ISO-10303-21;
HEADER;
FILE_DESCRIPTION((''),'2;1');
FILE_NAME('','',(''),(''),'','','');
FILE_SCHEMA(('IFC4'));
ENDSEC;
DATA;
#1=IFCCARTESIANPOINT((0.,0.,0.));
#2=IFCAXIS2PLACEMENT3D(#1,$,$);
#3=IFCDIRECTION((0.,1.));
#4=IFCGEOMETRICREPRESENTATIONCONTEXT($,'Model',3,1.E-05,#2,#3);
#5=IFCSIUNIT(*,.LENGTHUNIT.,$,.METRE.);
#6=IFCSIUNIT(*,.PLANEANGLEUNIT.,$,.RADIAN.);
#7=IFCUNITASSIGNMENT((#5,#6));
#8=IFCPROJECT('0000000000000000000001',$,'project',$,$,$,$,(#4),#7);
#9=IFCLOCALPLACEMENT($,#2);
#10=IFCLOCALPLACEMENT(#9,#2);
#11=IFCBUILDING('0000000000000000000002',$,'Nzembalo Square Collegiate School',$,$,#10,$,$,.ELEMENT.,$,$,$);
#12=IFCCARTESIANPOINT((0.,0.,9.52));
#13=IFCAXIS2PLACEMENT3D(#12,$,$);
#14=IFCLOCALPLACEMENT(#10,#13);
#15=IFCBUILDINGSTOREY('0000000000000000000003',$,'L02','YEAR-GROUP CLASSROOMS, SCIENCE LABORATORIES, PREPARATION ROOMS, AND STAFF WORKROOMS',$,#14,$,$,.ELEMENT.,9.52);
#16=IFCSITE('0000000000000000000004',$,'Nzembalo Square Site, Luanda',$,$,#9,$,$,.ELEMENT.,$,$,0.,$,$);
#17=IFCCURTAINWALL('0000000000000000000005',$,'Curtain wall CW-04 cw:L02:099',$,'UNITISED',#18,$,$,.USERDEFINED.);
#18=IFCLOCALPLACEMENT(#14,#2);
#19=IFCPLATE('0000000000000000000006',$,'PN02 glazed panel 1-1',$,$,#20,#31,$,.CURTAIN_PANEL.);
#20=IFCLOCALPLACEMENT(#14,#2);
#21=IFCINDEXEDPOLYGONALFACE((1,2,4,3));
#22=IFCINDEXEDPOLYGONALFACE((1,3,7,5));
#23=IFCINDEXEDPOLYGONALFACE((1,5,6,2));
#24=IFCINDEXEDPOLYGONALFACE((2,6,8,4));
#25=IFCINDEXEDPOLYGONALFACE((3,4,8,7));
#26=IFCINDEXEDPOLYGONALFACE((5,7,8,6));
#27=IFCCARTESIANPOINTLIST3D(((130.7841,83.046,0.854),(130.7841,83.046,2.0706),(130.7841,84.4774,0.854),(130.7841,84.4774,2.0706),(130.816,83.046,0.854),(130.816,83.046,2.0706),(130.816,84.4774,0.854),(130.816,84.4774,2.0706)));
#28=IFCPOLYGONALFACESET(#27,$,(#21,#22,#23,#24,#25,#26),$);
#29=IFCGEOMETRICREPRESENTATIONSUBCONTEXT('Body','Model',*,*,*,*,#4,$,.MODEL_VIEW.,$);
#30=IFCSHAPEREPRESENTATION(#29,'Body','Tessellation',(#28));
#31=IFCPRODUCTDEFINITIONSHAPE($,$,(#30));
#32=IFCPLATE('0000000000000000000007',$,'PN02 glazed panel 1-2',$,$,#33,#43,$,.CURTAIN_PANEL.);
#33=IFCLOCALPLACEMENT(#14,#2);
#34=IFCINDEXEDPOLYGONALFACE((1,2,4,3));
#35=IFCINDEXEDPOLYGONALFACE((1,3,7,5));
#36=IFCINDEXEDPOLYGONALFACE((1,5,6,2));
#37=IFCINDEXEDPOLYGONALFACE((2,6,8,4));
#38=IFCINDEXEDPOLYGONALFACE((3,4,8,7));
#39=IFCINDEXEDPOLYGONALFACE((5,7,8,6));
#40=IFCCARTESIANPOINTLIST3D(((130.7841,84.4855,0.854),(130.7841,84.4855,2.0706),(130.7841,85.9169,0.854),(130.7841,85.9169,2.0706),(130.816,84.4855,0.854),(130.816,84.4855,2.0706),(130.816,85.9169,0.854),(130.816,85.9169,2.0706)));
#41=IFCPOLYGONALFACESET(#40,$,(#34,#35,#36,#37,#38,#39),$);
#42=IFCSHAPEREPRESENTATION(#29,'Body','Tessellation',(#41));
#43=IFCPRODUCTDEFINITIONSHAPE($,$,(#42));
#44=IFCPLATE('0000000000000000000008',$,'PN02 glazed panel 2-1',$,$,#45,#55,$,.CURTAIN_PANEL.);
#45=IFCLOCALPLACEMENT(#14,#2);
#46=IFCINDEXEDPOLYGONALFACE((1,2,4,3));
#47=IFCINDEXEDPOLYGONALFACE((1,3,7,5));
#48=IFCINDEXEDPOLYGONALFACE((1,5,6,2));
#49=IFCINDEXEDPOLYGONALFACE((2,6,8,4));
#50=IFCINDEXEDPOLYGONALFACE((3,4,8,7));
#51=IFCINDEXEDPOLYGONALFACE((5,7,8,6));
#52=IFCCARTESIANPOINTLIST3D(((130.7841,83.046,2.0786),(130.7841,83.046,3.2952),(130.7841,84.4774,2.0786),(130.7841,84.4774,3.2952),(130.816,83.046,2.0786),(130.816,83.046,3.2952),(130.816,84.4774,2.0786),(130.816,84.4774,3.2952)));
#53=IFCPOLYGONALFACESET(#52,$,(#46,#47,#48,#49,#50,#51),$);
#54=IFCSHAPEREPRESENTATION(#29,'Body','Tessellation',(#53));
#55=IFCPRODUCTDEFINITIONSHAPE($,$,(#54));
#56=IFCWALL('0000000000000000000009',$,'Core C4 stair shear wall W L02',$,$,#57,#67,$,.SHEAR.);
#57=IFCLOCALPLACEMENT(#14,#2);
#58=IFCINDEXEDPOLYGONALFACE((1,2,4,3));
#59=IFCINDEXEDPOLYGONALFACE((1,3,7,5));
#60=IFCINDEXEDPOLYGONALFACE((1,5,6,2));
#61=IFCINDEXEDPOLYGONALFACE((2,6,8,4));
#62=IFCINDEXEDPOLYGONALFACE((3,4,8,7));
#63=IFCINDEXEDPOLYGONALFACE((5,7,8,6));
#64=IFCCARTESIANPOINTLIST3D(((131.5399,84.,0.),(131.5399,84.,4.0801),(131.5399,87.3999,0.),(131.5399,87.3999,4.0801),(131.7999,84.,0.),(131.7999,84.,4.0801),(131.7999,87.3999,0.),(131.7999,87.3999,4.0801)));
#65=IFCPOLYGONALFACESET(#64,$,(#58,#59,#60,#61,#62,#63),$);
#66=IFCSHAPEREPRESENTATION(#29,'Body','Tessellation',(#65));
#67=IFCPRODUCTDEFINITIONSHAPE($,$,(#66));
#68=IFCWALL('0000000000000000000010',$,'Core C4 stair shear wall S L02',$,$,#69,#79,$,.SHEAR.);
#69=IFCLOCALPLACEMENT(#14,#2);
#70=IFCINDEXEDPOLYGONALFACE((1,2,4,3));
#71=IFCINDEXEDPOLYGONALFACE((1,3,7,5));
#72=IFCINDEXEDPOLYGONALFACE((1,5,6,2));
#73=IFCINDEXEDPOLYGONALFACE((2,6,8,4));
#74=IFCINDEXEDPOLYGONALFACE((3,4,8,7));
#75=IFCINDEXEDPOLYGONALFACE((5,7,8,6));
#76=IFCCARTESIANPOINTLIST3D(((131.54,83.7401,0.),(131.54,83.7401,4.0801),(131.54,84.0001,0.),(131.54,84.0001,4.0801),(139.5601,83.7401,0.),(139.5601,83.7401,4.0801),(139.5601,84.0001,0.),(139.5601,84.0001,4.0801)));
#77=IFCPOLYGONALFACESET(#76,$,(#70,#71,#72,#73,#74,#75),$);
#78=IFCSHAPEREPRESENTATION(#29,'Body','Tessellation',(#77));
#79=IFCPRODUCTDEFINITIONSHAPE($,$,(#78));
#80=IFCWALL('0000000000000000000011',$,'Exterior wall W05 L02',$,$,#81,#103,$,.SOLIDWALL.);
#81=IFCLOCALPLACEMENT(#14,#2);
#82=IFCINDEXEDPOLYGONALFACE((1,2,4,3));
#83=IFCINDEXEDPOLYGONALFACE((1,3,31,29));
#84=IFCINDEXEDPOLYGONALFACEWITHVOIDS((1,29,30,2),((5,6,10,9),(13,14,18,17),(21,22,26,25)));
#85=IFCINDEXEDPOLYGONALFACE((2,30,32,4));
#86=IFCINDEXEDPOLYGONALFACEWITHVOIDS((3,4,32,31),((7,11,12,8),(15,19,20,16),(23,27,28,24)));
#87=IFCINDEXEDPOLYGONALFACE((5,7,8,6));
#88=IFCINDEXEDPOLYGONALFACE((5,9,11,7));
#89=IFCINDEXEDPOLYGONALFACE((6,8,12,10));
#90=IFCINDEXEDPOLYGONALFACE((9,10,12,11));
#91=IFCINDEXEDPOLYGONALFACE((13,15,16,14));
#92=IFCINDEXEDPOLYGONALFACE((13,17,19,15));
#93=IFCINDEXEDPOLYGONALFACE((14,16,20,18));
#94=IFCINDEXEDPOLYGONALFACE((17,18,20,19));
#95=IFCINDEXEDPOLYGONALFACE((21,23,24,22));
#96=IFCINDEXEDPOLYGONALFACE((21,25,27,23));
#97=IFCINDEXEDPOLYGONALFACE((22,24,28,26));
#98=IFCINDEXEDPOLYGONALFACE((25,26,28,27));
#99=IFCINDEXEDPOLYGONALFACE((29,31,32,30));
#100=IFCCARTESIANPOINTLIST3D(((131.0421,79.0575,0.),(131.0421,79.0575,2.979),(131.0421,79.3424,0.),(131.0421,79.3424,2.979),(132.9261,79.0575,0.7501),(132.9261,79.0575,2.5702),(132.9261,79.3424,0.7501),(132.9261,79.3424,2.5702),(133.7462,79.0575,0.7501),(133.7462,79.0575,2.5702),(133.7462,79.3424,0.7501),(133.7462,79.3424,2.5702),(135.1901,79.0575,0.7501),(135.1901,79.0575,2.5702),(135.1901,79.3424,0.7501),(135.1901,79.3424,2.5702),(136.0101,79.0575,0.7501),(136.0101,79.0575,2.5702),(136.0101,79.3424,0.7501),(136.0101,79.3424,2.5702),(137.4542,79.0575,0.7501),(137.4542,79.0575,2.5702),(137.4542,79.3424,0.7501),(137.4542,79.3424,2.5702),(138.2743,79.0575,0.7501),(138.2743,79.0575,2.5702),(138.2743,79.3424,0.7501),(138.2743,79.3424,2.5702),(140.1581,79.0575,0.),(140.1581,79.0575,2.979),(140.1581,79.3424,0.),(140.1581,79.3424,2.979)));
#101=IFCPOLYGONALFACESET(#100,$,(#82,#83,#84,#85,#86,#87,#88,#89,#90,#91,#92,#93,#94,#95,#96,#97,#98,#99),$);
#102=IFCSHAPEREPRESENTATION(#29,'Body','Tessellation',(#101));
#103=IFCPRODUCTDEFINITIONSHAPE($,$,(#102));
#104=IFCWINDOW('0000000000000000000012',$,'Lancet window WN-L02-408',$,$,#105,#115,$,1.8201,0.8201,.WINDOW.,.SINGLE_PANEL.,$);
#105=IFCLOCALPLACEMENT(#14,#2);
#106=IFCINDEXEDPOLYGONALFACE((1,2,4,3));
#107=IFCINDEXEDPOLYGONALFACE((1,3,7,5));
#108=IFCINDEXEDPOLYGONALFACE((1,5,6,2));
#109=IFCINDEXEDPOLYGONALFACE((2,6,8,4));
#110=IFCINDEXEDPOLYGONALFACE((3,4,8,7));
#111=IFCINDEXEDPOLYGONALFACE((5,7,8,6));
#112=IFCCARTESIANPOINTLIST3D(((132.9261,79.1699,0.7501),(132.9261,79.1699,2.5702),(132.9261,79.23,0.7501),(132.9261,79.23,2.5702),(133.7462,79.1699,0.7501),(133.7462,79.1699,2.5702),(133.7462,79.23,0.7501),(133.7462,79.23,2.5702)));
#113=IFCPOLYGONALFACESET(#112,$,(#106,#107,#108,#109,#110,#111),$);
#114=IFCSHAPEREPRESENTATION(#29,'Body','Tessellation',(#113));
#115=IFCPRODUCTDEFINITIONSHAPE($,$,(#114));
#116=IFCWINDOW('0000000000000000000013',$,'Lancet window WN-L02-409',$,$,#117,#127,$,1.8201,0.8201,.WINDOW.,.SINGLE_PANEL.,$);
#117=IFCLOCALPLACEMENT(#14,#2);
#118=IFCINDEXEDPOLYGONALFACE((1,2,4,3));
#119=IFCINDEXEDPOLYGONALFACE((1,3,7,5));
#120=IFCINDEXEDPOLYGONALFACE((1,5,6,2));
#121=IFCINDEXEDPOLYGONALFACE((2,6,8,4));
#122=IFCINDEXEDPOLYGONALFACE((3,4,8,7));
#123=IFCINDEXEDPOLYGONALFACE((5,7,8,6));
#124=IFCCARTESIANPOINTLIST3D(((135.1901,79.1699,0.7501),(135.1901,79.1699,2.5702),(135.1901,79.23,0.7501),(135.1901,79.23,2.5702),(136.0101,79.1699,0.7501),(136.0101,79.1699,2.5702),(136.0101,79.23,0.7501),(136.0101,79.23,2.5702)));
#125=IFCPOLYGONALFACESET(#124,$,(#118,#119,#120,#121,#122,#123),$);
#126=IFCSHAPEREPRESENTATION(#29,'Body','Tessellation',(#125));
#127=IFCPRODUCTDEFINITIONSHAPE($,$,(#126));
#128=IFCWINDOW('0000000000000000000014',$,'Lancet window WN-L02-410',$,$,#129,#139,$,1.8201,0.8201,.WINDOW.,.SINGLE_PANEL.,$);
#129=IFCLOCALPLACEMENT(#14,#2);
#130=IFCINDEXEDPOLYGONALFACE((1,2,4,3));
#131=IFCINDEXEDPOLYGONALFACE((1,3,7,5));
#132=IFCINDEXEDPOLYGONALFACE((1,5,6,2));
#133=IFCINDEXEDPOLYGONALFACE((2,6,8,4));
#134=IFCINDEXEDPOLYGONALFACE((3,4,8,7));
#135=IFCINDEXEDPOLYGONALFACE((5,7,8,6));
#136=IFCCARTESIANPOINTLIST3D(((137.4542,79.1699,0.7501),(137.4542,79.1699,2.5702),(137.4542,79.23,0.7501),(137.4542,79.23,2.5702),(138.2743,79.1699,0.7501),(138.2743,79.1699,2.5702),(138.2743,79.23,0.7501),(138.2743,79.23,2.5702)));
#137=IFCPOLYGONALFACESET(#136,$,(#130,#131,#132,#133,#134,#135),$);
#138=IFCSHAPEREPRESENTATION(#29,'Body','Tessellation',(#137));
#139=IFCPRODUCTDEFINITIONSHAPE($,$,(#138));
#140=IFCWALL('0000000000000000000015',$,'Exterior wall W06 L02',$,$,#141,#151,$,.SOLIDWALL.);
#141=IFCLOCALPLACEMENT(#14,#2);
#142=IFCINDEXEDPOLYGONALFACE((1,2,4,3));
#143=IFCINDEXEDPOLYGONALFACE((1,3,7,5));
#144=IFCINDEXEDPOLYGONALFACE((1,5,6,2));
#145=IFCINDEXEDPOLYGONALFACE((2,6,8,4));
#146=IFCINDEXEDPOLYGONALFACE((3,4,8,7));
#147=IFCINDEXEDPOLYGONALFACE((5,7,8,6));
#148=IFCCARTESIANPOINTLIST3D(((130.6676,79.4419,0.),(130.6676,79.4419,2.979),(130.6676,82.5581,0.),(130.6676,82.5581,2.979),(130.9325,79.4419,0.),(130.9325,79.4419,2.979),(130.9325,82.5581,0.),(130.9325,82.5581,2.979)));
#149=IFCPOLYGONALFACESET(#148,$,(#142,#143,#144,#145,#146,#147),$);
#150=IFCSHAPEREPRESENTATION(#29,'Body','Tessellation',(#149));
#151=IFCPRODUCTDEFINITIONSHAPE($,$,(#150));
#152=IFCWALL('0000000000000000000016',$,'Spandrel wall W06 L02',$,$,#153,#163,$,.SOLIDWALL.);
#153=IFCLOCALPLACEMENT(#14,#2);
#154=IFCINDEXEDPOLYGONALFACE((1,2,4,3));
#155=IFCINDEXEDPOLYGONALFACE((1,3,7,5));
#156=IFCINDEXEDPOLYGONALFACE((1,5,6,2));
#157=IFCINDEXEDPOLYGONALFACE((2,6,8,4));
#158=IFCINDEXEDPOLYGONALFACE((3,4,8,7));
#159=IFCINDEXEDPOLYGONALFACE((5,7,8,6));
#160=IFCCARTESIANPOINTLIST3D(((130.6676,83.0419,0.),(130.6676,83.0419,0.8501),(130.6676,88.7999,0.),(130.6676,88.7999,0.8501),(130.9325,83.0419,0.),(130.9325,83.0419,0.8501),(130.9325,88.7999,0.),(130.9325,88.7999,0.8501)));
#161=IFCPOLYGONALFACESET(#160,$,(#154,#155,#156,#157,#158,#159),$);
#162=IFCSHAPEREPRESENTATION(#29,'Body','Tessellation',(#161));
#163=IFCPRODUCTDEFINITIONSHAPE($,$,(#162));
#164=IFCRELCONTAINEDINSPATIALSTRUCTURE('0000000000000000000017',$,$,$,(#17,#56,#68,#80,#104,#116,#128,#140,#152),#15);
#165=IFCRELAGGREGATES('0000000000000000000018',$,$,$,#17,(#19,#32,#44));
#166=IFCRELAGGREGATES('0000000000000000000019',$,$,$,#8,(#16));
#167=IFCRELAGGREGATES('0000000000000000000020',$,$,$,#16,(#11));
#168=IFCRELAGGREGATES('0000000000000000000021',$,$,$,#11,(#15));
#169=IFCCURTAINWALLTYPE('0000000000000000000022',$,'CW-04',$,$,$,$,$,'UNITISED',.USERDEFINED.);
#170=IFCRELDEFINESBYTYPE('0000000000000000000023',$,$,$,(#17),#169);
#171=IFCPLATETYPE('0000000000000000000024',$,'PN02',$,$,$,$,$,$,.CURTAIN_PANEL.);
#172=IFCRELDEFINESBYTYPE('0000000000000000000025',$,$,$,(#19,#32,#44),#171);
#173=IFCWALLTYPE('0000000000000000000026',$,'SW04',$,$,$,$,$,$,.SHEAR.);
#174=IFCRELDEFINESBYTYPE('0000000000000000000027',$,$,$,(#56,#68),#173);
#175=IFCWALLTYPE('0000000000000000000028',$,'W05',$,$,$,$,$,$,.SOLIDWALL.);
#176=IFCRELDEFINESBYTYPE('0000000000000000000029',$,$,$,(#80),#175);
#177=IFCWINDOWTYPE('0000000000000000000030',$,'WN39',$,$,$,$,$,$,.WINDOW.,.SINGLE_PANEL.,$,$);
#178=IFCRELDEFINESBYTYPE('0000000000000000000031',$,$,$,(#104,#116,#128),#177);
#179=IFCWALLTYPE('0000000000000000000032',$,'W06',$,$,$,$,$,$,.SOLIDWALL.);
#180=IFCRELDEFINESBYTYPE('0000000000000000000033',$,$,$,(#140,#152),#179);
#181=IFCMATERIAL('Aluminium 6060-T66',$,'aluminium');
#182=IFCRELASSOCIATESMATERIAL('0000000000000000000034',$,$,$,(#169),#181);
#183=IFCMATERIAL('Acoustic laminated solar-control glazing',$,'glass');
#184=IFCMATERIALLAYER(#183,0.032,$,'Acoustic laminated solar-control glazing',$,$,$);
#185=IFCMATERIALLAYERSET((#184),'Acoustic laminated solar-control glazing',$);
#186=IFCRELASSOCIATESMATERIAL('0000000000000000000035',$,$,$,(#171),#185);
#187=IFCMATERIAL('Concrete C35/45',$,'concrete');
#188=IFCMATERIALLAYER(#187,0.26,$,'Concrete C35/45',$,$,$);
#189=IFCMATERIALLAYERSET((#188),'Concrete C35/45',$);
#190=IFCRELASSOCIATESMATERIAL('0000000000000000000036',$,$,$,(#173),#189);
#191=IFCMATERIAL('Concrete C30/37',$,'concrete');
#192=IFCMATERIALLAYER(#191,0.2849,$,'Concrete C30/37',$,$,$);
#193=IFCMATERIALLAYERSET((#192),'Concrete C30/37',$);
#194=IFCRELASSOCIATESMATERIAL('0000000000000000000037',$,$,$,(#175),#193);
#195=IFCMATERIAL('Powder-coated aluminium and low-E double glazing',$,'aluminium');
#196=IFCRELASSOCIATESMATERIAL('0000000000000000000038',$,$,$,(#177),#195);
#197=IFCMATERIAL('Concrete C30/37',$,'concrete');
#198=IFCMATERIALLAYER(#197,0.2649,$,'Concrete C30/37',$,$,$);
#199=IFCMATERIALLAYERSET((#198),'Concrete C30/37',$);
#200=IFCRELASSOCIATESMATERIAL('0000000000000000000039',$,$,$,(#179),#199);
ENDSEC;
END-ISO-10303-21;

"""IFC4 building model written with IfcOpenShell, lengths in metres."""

from ifc_helpers import new_model, si_unit, direction, frame, frame_2d, origin, origin_2d, place, context, subcontext, project, spatial, rectangle, extrude, material, layer, layer_set, type_object, element, fill, aggregate, save


model = new_model("IFC4")

# Units and contexts
model_context = context("Model", 3, precision=1e-05, world=origin(), true_north=direction((0.0, 1.0)))
body_context = subcontext(model_context, "Body", "Model", "MODEL_VIEW")
ifc_project = project(units=[si_unit("LENGTHUNIT", "METRE"), si_unit("PLANEANGLEUNIT", "RADIAN")], contexts=[model_context])

# Site, building, storey
site_placement = place(None, origin())
site = spatial("IfcSite", under=ifc_project, at=site_placement, Name="Nzembalo Square Site, Luanda", CompositionType="ELEMENT", RefElevation=0.0)
building_placement = place(site_placement, origin())
building = spatial("IfcBuilding", under=site, at=building_placement, Name="Nzembalo Square Collegiate School", CompositionType="ELEMENT")
storey_placement = place(building_placement, frame((0.0, 0.0, 9.52)))
storey = spatial("IfcBuildingStorey", under=building, at=storey_placement, Name="L02", Description="YEAR-GROUP CLASSROOMS, SCIENCE LABORATORIES, PREPARATION ROOMS, AND STAFF WORKROOMS", CompositionType="ELEMENT", Elevation=9.52)

# Curtain wall, plates
ifc_material_1 = material(Name="Aluminium 6060-T66", Category="aluminium")
curtain_wall_type = type_object("IfcCurtainWallType", Name="CW-04", ElementType="UNITISED", PredefinedType="USERDEFINED", material=ifc_material_1)
curtain_wall_placement = place(storey_placement, origin())
curtain_wall = element("IfcCurtainWall", 1, at=curtain_wall_placement, inside=storey, type_object=curtain_wall_type, Name="Curtain wall CW-04 cw:L02:099", ObjectType="UNITISED", PredefinedType="USERDEFINED")
ifc_material_2 = material(Name="Acoustic laminated solar-control glazing", Category="glass")
ifc_layer_1 = layer(ifc_material_2, 0.032, Name="Acoustic laminated solar-control glazing")
ifc_layer_set_1 = layer_set([ifc_layer_1], Name="Acoustic laminated solar-control glazing")
plate_type = type_object("IfcPlateType", Name="PN02", PredefinedType="CURTAIN_PANEL", material=ifc_layer_set_1)
plate_1_placement = place(storey_placement, frame((130.8, 83.7617, 0.854), z_axis=(0.0, 0.0, 1.0), x_axis=(0.0, 1.0, 0.0)))
plate_1 = element("IfcPlate", 2, at=plate_1_placement, type_object=plate_type, Name="PN02 glazed panel 1-1", PredefinedType="CURTAIN_PANEL", context=body_context, shape_type="SweptSolid", body=[
    extrude(rectangle(XDim=1.4314, YDim=0.032, at=origin_2d()), origin(), (0.0, 0.0, 1.0), 1.2166),
])
plate_2_placement = place(storey_placement, frame((130.8, 85.2012, 0.854), z_axis=(0.0, 0.0, 1.0), x_axis=(0.0, 1.0, 0.0)))
plate_2 = element("IfcPlate", 3, at=plate_2_placement, type_object=plate_type, Name="PN02 glazed panel 1-2", PredefinedType="CURTAIN_PANEL", context=body_context, shape_type="SweptSolid", body=[
    extrude(rectangle(XDim=1.4314, YDim=0.032, at=origin_2d()), origin(), (0.0, 0.0, 1.0), 1.2166),
])
plate_3_placement = place(storey_placement, frame((130.8, 83.7617, 2.0786), z_axis=(0.0, 0.0, 1.0), x_axis=(0.0, 1.0, 0.0)))
plate_3 = element("IfcPlate", 4, at=plate_3_placement, type_object=plate_type, Name="PN02 glazed panel 2-1", PredefinedType="CURTAIN_PANEL", context=body_context, shape_type="SweptSolid", body=[
    extrude(rectangle(XDim=1.4314, YDim=0.032, at=origin_2d()), origin(), (0.0, 0.0, 1.0), 1.2166),
])
aggregate(curtain_wall, [plate_1, plate_2, plate_3])

# Walls
ifc_material_3 = material(Name="Concrete C35/45", Category="concrete")
ifc_layer_2 = layer(ifc_material_3, 0.26, Name="Concrete C35/45")
ifc_layer_set_2 = layer_set([ifc_layer_2], Name="Concrete C35/45")
wall_type_1 = type_object("IfcWallType", Name="SW04", PredefinedType="SHEAR", material=ifc_layer_set_2)
wall_1_placement = place(storey_placement, frame((131.6699, 84.0, 0.0), z_axis=(0.0, 0.0, 1.0), x_axis=(0.0, 1.0, 0.0)))
element("IfcWall", 5, at=wall_1_placement, inside=storey, type_object=wall_type_1, Name="Core C4 stair shear wall W L02", PredefinedType="SHEAR", context=body_context, shape_type="SweptSolid", body=[
    extrude(rectangle(XDim=3.3999, YDim=0.26, at=frame_2d((1.7, 0.0))), origin(), (0.0, 0.0, 1.0), 4.0801),
])
wall_2_placement = place(storey_placement, frame((131.54, 83.8701, 0.0), z_axis=(0.0, 0.0, 1.0), x_axis=(1.0, 0.0, 0.0)))
element("IfcWall", 6, at=wall_2_placement, inside=storey, type_object=wall_type_1, Name="Core C4 stair shear wall S L02", PredefinedType="SHEAR", context=body_context, shape_type="SweptSolid", body=[
    extrude(rectangle(XDim=8.02, YDim=0.26, at=frame_2d((4.01, 0.0))), origin(), (0.0, 0.0, 1.0), 4.0801),
])

# Wall, openings, windows
ifc_material_4 = material(Name="Concrete C30/37", Category="concrete")
ifc_layer_3 = layer(ifc_material_4, 0.2849, Name="Concrete C30/37")
ifc_layer_set_3 = layer_set([ifc_layer_3], Name="Concrete C30/37")
wall_type_2 = type_object("IfcWallType", Name="W05", PredefinedType="SOLIDWALL", material=ifc_layer_set_3)
wall_3_placement = place(storey_placement, frame((131.042, 79.2, 0.0), z_axis=(0.0, 0.0, 1.0), x_axis=(1.0, 0.0, 0.0)))
wall_3 = element("IfcWall", 7, at=wall_3_placement, inside=storey, type_object=wall_type_2, Name="Exterior wall W05 L02", PredefinedType="SOLIDWALL", context=body_context, shape_type="SweptSolid", body=[
    extrude(rectangle(XDim=9.116, YDim=0.2849, at=frame_2d((4.5581, 0.0))), origin(), (0.0, 0.0, 1.0), 2.979),
])
opening_1_placement = place(wall_3_placement, frame((1.884, 0.0, 0.75)))
opening_1 = element("IfcOpeningElement", 8, at=opening_1_placement, cuts=wall_3, PredefinedType="OPENING", context=body_context, shape_type="SweptSolid", body=[
    extrude(rectangle(XDim=0.8201, YDim=1.8201, at=frame_2d((0.4102, 0.9102))), frame((0.0, 0.1523, 0.0), z_axis=(0.0, -1.0, 0.0), x_axis=(1.0, 0.0, 0.0)), (0.0, 0.0, 1.0), 0.3049),
])
opening_2_placement = place(wall_3_placement, frame((4.1479, 0.0, 0.75)))
opening_2 = element("IfcOpeningElement", 9, at=opening_2_placement, cuts=wall_3, PredefinedType="OPENING", context=body_context, shape_type="SweptSolid", body=[
    extrude(rectangle(XDim=0.8201, YDim=1.8201, at=frame_2d((0.4102, 0.9102))), frame((0.0, 0.1523, 0.0), z_axis=(0.0, -1.0, 0.0), x_axis=(1.0, 0.0, 0.0)), (0.0, 0.0, 1.0), 0.3049),
])
opening_3_placement = place(wall_3_placement, frame((6.4121, 0.0, 0.75)))
opening_3 = element("IfcOpeningElement", 10, at=opening_3_placement, cuts=wall_3, PredefinedType="OPENING", context=body_context, shape_type="SweptSolid", body=[
    extrude(rectangle(XDim=0.8201, YDim=1.8201, at=frame_2d((0.4102, 0.9102))), frame((0.0, 0.1523, 0.0), z_axis=(0.0, -1.0, 0.0), x_axis=(1.0, 0.0, 0.0)), (0.0, 0.0, 1.0), 0.3049),
])
ifc_material_5 = material(Name="Powder-coated aluminium and low-E double glazing", Category="aluminium")
window_type = type_object("IfcWindowType", Name="WN39", PartitioningType="SINGLE_PANEL", PredefinedType="WINDOW", material=ifc_material_5)
window_1_placement = place(opening_1_placement, origin())
window_1 = element("IfcWindow", 11, at=window_1_placement, inside=storey, type_object=window_type, Name="Lancet window WN-L02-408", OverallHeight=1.8201, OverallWidth=0.8201, PartitioningType="SINGLE_PANEL", PredefinedType="WINDOW", context=body_context, shape_type="SweptSolid", body=[
    extrude(rectangle(XDim=0.8201, YDim=1.8201, at=frame_2d((0.4102, 0.9102))), frame((0.0, 0.03, 0.0), z_axis=(0.0, -1.0, 0.0), x_axis=(1.0, 0.0, 0.0)), (0.0, 0.0, 1.0), 0.0601),
])
fill(opening_1, window_1)
window_2_placement = place(opening_2_placement, origin())
window_2 = element("IfcWindow", 12, at=window_2_placement, inside=storey, type_object=window_type, Name="Lancet window WN-L02-409", OverallHeight=1.8201, OverallWidth=0.8201, PartitioningType="SINGLE_PANEL", PredefinedType="WINDOW", context=body_context, shape_type="SweptSolid", body=[
    extrude(rectangle(XDim=0.8201, YDim=1.8201, at=frame_2d((0.4102, 0.9102))), frame((0.0, 0.03, 0.0), z_axis=(0.0, -1.0, 0.0), x_axis=(1.0, 0.0, 0.0)), (0.0, 0.0, 1.0), 0.0601),
])
fill(opening_2, window_2)
window_3_placement = place(opening_3_placement, origin())
window_3 = element("IfcWindow", 13, at=window_3_placement, inside=storey, type_object=window_type, Name="Lancet window WN-L02-410", OverallHeight=1.8201, OverallWidth=0.8201, PartitioningType="SINGLE_PANEL", PredefinedType="WINDOW", context=body_context, shape_type="SweptSolid", body=[
    extrude(rectangle(XDim=0.8201, YDim=1.8201, at=frame_2d((0.4102, 0.9102))), frame((0.0, 0.03, 0.0), z_axis=(0.0, -1.0, 0.0), x_axis=(1.0, 0.0, 0.0)), (0.0, 0.0, 1.0), 0.0601),
])
fill(opening_3, window_3)

# Walls
ifc_material_6 = material(Name="Concrete C30/37", Category="concrete")
ifc_layer_4 = layer(ifc_material_6, 0.2649, Name="Concrete C30/37")
ifc_layer_set_4 = layer_set([ifc_layer_4], Name="Concrete C30/37")
wall_type_3 = type_object("IfcWallType", Name="W06", PredefinedType="SOLIDWALL", material=ifc_layer_set_4)
wall_4_placement = place(storey_placement, frame((130.8, 79.4419, 0.0), z_axis=(0.0, 0.0, 1.0), x_axis=(0.0, 1.0, 0.0)))
element("IfcWall", 14, at=wall_4_placement, inside=storey, type_object=wall_type_3, Name="Exterior wall W06 L02", PredefinedType="SOLIDWALL", context=body_context, shape_type="SweptSolid", body=[
    extrude(rectangle(XDim=3.1162, YDim=0.2649, at=frame_2d((1.5581, 0.0))), origin(), (0.0, 0.0, 1.0), 2.979),
])
wall_5_placement = place(storey_placement, frame((130.8, 83.042, 0.0), z_axis=(0.0, 0.0, 1.0), x_axis=(0.0, 1.0, 0.0)))
element("IfcWall", 15, at=wall_5_placement, inside=storey, type_object=wall_type_3, Name="Spandrel wall W06 L02", PredefinedType="SOLIDWALL", context=body_context, shape_type="SweptSolid", body=[
    extrude(rectangle(XDim=5.7581, YDim=0.2649, at=frame_2d((2.8789, 0.0))), origin(), (0.0, 0.0, 1.0), 0.8501),
])

save(model, "model.ifc")
